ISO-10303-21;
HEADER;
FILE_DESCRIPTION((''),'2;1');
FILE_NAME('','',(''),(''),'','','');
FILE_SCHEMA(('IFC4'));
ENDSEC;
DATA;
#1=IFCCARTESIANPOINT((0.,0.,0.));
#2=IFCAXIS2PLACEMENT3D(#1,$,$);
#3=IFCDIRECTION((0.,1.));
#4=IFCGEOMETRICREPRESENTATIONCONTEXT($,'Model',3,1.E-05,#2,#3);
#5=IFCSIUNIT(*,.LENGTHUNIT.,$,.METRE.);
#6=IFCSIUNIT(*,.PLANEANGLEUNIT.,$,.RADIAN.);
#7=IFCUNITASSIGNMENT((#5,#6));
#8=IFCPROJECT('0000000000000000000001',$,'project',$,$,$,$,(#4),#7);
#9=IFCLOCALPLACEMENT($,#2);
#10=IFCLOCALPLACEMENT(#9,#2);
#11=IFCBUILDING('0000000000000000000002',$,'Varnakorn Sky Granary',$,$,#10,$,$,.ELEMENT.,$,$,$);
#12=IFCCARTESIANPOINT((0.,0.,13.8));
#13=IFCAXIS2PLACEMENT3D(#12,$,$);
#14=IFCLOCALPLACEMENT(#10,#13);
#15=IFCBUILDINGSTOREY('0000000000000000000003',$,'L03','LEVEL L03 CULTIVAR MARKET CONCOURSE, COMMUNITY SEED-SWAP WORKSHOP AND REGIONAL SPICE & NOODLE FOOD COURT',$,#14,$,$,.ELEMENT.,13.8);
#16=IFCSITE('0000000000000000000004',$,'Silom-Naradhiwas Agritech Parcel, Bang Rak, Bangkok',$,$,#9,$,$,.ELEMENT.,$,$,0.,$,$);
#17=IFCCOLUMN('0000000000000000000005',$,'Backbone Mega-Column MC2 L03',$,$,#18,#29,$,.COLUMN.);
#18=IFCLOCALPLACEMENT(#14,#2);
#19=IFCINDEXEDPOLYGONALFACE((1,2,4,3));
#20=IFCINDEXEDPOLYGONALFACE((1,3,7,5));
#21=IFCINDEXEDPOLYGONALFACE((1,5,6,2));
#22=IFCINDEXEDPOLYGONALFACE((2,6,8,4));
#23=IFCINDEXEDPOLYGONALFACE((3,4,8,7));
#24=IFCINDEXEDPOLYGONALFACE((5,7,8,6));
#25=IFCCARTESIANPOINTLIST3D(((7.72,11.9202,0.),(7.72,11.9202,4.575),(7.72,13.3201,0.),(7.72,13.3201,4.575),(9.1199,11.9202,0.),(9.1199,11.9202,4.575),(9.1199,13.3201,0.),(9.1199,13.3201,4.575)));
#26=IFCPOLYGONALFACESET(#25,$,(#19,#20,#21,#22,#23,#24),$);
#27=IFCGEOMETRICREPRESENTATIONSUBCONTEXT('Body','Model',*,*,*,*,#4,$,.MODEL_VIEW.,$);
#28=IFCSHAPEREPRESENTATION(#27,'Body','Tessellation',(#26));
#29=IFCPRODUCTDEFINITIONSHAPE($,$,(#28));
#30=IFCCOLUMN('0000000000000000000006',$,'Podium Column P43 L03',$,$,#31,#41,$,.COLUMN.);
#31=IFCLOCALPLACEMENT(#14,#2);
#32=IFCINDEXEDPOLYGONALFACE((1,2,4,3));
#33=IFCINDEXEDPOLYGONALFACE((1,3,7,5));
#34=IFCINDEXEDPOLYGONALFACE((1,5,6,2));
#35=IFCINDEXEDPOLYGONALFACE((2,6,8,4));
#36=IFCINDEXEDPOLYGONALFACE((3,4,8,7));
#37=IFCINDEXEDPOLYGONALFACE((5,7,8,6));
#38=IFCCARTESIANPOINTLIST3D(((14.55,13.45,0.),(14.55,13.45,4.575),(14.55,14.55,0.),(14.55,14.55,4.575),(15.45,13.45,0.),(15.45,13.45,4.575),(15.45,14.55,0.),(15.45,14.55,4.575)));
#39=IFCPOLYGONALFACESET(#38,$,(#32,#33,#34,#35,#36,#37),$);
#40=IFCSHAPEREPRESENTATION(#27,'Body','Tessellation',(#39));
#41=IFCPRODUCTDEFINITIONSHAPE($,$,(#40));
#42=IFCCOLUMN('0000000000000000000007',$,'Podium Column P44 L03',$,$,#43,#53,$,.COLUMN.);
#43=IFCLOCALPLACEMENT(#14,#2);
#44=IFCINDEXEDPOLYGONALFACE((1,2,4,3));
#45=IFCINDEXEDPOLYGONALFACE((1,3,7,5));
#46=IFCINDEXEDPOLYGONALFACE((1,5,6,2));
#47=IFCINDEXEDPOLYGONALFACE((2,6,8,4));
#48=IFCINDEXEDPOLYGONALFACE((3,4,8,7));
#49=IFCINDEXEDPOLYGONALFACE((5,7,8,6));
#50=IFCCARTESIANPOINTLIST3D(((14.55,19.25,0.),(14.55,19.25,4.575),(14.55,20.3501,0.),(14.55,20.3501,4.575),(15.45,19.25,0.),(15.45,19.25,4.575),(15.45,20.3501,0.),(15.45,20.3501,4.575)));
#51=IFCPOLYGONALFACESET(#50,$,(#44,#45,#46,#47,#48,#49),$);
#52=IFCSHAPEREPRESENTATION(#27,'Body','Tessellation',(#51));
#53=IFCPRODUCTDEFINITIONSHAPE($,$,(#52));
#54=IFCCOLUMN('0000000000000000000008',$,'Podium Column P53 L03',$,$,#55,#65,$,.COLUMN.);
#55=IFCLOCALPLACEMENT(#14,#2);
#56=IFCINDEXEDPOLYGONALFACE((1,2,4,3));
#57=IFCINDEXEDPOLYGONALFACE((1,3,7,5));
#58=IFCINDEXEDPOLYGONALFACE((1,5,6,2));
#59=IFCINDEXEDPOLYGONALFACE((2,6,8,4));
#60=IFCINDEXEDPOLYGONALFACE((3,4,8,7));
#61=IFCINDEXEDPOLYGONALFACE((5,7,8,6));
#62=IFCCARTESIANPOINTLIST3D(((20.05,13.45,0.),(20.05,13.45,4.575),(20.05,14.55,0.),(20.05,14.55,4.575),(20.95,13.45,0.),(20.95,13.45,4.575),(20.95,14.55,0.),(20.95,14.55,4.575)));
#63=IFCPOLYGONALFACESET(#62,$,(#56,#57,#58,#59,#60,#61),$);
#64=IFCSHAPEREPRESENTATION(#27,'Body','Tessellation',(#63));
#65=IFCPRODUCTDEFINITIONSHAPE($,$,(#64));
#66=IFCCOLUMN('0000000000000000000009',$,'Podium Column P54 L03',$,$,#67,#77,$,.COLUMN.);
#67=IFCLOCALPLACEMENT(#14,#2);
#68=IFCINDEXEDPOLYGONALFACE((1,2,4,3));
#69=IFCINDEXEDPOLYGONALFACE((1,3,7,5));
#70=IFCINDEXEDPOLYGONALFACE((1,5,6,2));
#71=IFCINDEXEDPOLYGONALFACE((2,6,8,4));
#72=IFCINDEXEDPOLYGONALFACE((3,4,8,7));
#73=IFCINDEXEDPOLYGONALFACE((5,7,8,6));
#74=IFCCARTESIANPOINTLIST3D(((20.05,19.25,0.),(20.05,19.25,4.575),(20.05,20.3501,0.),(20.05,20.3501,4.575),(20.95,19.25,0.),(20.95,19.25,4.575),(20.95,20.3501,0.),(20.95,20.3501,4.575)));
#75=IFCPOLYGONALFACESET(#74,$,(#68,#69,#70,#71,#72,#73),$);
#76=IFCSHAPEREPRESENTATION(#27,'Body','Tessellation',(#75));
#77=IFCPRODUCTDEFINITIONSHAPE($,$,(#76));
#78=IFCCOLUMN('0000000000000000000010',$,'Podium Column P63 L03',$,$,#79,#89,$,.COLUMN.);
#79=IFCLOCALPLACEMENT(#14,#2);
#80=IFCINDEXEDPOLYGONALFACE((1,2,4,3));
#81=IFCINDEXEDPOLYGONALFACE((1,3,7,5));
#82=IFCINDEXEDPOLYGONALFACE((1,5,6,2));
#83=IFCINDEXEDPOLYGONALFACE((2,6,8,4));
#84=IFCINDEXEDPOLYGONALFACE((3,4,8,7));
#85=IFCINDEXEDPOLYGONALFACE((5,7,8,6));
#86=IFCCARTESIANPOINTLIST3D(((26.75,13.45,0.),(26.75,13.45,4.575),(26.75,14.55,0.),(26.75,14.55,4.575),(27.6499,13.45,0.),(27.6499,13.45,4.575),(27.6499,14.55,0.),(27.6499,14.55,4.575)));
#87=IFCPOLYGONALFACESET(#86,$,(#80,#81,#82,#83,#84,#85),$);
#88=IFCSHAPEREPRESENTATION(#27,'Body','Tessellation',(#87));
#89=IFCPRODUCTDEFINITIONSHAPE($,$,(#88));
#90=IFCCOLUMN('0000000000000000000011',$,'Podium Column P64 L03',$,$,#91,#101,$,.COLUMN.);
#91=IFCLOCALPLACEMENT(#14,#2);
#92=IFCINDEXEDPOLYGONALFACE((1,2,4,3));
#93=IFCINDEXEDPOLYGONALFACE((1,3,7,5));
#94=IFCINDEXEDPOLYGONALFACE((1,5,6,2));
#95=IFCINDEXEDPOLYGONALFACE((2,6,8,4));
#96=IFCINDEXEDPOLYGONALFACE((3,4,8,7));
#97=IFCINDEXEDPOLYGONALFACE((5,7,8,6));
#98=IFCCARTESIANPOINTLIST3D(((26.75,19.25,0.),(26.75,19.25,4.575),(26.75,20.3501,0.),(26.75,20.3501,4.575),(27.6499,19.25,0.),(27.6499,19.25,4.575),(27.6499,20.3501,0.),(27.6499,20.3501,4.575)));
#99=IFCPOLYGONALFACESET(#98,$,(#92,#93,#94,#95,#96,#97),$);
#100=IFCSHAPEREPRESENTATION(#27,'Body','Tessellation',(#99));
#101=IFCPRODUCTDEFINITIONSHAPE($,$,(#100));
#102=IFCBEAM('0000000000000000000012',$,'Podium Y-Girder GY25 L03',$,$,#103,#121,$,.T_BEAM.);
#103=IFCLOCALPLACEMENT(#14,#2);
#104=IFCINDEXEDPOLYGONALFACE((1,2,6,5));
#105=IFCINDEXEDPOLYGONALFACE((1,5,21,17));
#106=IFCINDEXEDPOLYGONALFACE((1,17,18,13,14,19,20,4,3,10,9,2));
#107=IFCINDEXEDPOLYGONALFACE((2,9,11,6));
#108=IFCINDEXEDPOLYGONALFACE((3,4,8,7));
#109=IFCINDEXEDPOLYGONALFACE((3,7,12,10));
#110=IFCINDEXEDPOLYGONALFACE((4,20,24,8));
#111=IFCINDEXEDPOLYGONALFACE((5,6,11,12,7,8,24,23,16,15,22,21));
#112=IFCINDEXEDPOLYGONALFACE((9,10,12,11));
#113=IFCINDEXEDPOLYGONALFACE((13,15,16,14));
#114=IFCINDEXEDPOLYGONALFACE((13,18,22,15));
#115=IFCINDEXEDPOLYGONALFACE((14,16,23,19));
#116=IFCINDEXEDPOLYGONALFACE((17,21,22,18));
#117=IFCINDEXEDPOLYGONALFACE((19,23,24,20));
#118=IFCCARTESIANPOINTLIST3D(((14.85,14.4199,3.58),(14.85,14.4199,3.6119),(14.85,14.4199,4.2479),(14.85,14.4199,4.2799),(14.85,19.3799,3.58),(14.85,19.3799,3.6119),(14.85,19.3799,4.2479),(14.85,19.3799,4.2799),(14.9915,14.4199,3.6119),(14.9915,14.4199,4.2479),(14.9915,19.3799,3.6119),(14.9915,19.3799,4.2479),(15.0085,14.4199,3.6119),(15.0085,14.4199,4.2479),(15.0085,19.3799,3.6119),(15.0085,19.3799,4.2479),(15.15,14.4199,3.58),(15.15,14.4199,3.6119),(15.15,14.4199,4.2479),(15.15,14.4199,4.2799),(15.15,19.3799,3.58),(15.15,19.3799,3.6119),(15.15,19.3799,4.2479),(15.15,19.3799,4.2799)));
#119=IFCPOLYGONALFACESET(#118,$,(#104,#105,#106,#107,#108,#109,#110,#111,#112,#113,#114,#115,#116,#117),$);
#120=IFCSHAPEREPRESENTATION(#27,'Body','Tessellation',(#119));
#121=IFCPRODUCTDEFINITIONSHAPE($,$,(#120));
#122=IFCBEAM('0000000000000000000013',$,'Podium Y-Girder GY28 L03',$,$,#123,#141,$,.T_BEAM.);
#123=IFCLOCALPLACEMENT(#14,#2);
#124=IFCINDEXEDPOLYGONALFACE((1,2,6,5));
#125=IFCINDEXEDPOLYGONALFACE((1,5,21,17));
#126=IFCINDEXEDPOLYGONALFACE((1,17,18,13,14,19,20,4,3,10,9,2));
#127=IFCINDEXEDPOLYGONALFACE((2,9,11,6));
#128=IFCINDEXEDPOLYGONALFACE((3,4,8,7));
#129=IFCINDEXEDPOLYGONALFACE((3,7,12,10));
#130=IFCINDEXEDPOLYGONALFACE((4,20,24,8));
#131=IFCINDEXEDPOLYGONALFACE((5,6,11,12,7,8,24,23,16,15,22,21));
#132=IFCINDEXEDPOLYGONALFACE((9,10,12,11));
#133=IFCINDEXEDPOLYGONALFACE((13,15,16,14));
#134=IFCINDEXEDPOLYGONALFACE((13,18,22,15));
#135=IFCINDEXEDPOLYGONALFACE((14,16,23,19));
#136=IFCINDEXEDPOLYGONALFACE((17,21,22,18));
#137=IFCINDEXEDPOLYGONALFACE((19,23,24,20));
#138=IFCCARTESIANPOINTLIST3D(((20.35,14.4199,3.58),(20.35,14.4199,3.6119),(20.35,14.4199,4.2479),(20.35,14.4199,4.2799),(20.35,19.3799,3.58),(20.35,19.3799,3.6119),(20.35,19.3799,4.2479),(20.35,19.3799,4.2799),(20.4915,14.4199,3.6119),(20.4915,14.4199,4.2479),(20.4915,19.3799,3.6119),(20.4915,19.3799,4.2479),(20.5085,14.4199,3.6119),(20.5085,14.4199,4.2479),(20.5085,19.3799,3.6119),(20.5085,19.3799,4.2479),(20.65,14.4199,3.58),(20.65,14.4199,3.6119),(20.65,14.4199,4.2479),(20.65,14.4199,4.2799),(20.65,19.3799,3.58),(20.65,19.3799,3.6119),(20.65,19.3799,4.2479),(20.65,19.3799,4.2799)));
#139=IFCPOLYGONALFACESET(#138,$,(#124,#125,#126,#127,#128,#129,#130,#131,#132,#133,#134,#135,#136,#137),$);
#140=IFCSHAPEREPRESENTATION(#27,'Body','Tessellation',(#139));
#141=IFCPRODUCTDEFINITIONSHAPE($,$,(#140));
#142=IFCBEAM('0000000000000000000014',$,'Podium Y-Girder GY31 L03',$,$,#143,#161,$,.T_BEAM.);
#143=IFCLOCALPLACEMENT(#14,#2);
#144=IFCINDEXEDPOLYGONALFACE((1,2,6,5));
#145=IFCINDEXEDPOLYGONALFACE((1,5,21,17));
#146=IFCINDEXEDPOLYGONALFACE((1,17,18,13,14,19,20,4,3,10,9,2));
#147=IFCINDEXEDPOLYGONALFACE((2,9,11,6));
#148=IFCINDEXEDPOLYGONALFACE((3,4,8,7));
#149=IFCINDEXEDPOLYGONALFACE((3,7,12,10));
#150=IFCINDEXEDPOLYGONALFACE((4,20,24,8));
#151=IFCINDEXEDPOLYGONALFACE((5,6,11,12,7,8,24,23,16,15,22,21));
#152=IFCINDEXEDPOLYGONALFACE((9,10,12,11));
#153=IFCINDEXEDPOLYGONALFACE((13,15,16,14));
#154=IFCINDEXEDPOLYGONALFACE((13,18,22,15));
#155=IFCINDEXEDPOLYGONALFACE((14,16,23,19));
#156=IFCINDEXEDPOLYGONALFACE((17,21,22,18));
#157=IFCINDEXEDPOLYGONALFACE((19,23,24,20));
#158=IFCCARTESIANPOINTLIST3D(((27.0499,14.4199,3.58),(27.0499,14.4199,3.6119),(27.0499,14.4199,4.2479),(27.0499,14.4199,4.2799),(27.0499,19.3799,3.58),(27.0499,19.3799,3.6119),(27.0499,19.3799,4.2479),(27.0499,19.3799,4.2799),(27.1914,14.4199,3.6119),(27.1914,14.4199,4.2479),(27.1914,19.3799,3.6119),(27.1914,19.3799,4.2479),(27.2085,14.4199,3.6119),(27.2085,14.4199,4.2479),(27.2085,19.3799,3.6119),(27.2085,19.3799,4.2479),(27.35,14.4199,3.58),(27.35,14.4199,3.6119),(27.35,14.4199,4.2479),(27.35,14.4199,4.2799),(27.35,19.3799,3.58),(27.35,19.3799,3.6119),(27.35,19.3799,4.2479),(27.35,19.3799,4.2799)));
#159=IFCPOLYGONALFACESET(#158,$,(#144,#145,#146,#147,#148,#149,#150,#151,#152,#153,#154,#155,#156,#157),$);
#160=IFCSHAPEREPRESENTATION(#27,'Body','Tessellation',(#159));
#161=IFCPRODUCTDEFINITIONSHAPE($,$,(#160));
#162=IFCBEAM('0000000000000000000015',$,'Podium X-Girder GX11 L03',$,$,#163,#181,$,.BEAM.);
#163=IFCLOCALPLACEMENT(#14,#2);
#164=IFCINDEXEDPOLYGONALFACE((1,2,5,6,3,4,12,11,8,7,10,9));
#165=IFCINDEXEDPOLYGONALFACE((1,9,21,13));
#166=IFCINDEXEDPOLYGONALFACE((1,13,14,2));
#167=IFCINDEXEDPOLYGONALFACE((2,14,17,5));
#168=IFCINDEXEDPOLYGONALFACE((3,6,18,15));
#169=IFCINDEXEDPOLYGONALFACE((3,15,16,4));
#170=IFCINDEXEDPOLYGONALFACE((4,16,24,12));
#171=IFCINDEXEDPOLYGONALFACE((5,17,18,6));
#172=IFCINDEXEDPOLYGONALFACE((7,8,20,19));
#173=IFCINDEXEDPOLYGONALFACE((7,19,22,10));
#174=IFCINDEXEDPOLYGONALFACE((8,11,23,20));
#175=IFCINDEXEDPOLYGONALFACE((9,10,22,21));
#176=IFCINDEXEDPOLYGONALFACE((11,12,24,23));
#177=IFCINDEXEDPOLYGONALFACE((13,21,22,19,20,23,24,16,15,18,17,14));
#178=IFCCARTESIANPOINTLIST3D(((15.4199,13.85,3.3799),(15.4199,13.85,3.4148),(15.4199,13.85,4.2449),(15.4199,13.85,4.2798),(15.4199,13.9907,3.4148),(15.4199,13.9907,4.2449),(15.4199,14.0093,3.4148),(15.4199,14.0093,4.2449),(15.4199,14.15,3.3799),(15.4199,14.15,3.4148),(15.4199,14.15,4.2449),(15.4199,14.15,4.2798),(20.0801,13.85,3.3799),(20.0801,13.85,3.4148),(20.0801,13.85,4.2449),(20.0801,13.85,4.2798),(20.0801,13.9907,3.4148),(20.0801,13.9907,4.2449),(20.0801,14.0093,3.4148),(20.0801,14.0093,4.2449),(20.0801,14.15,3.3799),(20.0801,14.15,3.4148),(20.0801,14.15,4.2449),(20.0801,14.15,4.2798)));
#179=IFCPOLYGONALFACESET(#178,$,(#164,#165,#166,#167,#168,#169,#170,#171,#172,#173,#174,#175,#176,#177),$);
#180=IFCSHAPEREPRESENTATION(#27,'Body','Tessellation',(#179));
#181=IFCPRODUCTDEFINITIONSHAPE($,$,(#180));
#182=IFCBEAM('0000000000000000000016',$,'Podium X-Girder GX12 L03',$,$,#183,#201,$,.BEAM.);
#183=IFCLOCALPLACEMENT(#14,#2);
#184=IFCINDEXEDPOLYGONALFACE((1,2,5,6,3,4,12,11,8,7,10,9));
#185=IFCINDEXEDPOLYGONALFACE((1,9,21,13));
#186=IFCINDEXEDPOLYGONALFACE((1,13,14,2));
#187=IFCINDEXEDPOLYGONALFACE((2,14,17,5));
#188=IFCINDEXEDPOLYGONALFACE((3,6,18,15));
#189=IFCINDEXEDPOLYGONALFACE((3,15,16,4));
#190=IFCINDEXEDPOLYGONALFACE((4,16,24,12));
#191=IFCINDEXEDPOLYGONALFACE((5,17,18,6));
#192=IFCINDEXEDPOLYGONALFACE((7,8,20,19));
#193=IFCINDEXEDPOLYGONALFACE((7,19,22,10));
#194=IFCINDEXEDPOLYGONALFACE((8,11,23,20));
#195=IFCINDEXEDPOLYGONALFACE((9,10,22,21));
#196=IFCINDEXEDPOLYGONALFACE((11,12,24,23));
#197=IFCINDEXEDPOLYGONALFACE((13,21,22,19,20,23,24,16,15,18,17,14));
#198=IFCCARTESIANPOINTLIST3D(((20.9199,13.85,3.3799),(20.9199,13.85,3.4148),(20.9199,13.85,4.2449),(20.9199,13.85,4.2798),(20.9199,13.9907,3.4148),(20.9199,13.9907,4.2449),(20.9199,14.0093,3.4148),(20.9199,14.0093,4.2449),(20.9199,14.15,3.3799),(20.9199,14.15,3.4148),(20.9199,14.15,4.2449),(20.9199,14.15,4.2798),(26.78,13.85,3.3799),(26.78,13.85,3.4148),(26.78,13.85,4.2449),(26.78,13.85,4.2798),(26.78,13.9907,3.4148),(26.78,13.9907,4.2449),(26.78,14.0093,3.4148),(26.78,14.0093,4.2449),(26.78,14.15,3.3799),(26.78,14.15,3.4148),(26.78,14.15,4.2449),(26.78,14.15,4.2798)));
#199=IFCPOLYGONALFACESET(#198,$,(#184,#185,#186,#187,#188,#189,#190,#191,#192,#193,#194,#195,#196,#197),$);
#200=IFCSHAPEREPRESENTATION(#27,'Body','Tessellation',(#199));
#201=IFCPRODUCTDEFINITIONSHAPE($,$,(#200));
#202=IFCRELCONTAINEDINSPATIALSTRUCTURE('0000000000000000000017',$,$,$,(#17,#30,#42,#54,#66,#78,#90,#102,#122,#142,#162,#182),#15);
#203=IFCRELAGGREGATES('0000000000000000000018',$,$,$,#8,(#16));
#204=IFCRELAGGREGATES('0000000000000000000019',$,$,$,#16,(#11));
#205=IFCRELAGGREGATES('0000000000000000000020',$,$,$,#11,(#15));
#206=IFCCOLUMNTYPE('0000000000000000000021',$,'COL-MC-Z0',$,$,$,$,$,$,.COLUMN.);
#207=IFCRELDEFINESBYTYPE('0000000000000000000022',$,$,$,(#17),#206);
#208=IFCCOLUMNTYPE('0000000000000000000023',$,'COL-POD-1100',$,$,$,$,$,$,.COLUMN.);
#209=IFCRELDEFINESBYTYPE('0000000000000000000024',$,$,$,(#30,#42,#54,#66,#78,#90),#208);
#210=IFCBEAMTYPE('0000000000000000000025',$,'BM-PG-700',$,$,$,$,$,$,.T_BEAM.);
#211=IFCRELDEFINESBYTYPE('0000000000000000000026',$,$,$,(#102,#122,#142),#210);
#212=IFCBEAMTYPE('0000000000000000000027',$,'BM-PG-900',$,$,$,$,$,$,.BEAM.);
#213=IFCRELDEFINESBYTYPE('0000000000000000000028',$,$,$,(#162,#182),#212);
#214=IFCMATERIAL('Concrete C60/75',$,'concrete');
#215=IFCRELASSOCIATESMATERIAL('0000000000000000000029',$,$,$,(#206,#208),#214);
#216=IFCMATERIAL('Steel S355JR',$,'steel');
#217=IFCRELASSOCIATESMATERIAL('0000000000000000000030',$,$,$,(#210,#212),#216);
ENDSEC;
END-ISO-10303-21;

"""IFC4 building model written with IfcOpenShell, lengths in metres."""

from ifc_helpers import new_model, si_unit, direction, frame, origin, origin_2d, place, context, subcontext, project, spatial, rectangle, i_section, extrude, material, material_profile, profile_set, type_object, element, save


model = new_model("IFC4")

# Units and contexts
model_context = context("Model", 3, precision=1e-05, world=origin(), true_north=direction((0.0, 1.0)))
body_context = subcontext(model_context, "Body", "Model", "MODEL_VIEW")
ifc_project = project(units=[si_unit("LENGTHUNIT", "METRE"), si_unit("PLANEANGLEUNIT", "RADIAN")], contexts=[model_context])

# Site, building, storey
site_placement = place(None, origin())
site = spatial("IfcSite", under=ifc_project, at=site_placement, Name="Silom-Naradhiwas Agritech Parcel, Bang Rak, Bangkok", CompositionType="ELEMENT", RefElevation=0.0)
building_placement = place(site_placement, origin())
building = spatial("IfcBuilding", under=site, at=building_placement, Name="Varnakorn Sky Granary", CompositionType="ELEMENT")
storey_placement = place(building_placement, frame((0.0, 0.0, 13.8)))
storey = spatial("IfcBuildingStorey", under=building, at=storey_placement, Name="L03", Description="LEVEL L03 CULTIVAR MARKET CONCOURSE, COMMUNITY SEED-SWAP WORKSHOP AND REGIONAL SPICE & NOODLE FOOD COURT", CompositionType="ELEMENT", Elevation=13.8)

# Columns
ifc_material_1 = material(Name="Concrete C60/75", Category="concrete")
ifc_material_profile_1 = material_profile(ifc_material_1, rectangle(XDim=1.3999, YDim=1.3999, at=origin_2d()), Name="RC 1400x1400")
ifc_profile_set_1 = profile_set([ifc_material_profile_1], Name="Concrete C60/75")
column_type_1 = type_object("IfcColumnType", Name="COL-MC-Z0", PredefinedType="COLUMN", material=ifc_profile_set_1)
column_placement = place(storey_placement, frame((8.4199, 12.6201, 0.0), z_axis=(0.0, 0.0, 1.0), x_axis=(1.0, 0.0, 0.0)))
element("IfcColumn", 1, at=column_placement, inside=storey, type_object=column_type_1, Name="Backbone Mega-Column MC2 L03", PredefinedType="COLUMN", context=body_context, shape_type="SweptSolid", body=[
    extrude(rectangle(XDim=1.3999, YDim=1.3999, at=origin_2d()), origin(), (0.0, 0.0, 1.0), 4.575),
])
ifc_material_profile_2 = material_profile(ifc_material_1, rectangle(XDim=0.8999, YDim=1.1001, at=origin_2d()), Name="RC 900x1100")
ifc_profile_set_2 = profile_set([ifc_material_profile_2], Name="Concrete C60/75")
column_type_2 = type_object("IfcColumnType", Name="COL-POD-1100", PredefinedType="COLUMN", material=ifc_profile_set_2)
for number, where, z_axis, x_axis, name in (
    (2, (15.0, 14.0, 0.0), (0.0, 0.0, 1.0), (1.0, 0.0, 0.0), "Podium Column P43 L03"),
    (3, (15.0, 19.8, 0.0), (0.0, 0.0, 1.0), (1.0, 0.0, 0.0), "Podium Column P44 L03"),
    (4, (20.5, 14.0, 0.0), (0.0, 0.0, 1.0), (1.0, 0.0, 0.0), "Podium Column P53 L03"),
    (5, (20.5, 19.8, 0.0), (0.0, 0.0, 1.0), (1.0, 0.0, 0.0), "Podium Column P54 L03"),
    (6, (27.2, 14.0, 0.0), (0.0, 0.0, 1.0), (1.0, 0.0, 0.0), "Podium Column P63 L03"),
    (7, (27.2, 19.8, 0.0), (0.0, 0.0, 1.0), (1.0, 0.0, 0.0), "Podium Column P64 L03"),
):
    element("IfcColumn", number, at=place(storey_placement, frame(where, z_axis=z_axis, x_axis=x_axis)), inside=storey, type_object=column_type_2, Name=name, PredefinedType="COLUMN", context=body_context, shape_type="SweptSolid", body=[
        extrude(rectangle(XDim=0.8999, YDim=1.1001, at=origin_2d()), origin(), (0.0, 0.0, 1.0), 4.575),
    ])

# Beams
ifc_material_2 = material(Name="Steel S355JR", Category="steel")
ifc_material_profile_3 = material_profile(ifc_material_2, i_section(OverallWidth=0.3, OverallDepth=0.7, WebThickness=0.0171, FlangeThickness=0.032, at=origin_2d()), Name="HE 700 B")
ifc_profile_set_3 = profile_set([ifc_material_profile_3], Name="Steel S355JR")
beam_type_1 = type_object("IfcBeamType", Name="BM-PG-700", PredefinedType="T_BEAM", material=ifc_profile_set_3)
for number, where, z_axis, x_axis, name in (
    (8, (15.0, 14.4199, 3.9299), (0.0, 1.0, 0.0), (-1.0, 0.0, 0.0), "Podium Y-Girder GY25 L03"),
    (9, (20.5, 14.4199, 3.9299), (0.0, 1.0, 0.0), (-1.0, 0.0, 0.0), "Podium Y-Girder GY28 L03"),
    (10, (27.2, 14.4199, 3.9299), (0.0, 1.0, 0.0), (-1.0, 0.0, 0.0), "Podium Y-Girder GY31 L03"),
):
    element("IfcBeam", number, at=place(storey_placement, frame(where, z_axis=z_axis, x_axis=x_axis)), inside=storey, type_object=beam_type_1, Name=name, PredefinedType="T_BEAM", context=body_context, shape_type="SweptSolid", body=[
        extrude(i_section(OverallWidth=0.3, OverallDepth=0.7, WebThickness=0.0171, FlangeThickness=0.032, at=origin_2d()), origin(), (0.0, 0.0, 1.0), 4.96),
    ])
ifc_material_profile_4 = material_profile(ifc_material_2, i_section(OverallWidth=0.3, OverallDepth=0.8999, WebThickness=0.0186, FlangeThickness=0.0349, at=origin_2d()), Name="HE 900 B")
ifc_profile_set_4 = profile_set([ifc_material_profile_4], Name="Steel S355JR")
beam_type_2 = type_object("IfcBeamType", Name="BM-PG-900", PredefinedType="BEAM", material=ifc_profile_set_4)
beam_1_placement = place(storey_placement, frame((15.4199, 14.0, 3.8298), z_axis=(1.0, 0.0, 0.0), x_axis=(0.0, 1.0, 0.0)))
element("IfcBeam", 11, at=beam_1_placement, inside=storey, type_object=beam_type_2, Name="Podium X-Girder GX11 L03", PredefinedType="BEAM", context=body_context, shape_type="SweptSolid", body=[
    extrude(i_section(OverallWidth=0.3, OverallDepth=0.8999, WebThickness=0.0186, FlangeThickness=0.0349, at=origin_2d()), origin(), (0.0, 0.0, 1.0), 4.6602),
])
beam_2_placement = place(storey_placement, frame((20.9199, 14.0, 3.8298), z_axis=(1.0, 0.0, 0.0), x_axis=(0.0, 1.0, 0.0)))
element("IfcBeam", 12, at=beam_2_placement, inside=storey, type_object=beam_type_2, Name="Podium X-Girder GX12 L03", PredefinedType="BEAM", context=body_context, shape_type="SweptSolid", body=[
    extrude(i_section(OverallWidth=0.3, OverallDepth=0.8999, WebThickness=0.0186, FlangeThickness=0.0349, at=origin_2d()), origin(), (0.0, 0.0, 1.0), 5.8601),
])

save(model, "model.ifc")
